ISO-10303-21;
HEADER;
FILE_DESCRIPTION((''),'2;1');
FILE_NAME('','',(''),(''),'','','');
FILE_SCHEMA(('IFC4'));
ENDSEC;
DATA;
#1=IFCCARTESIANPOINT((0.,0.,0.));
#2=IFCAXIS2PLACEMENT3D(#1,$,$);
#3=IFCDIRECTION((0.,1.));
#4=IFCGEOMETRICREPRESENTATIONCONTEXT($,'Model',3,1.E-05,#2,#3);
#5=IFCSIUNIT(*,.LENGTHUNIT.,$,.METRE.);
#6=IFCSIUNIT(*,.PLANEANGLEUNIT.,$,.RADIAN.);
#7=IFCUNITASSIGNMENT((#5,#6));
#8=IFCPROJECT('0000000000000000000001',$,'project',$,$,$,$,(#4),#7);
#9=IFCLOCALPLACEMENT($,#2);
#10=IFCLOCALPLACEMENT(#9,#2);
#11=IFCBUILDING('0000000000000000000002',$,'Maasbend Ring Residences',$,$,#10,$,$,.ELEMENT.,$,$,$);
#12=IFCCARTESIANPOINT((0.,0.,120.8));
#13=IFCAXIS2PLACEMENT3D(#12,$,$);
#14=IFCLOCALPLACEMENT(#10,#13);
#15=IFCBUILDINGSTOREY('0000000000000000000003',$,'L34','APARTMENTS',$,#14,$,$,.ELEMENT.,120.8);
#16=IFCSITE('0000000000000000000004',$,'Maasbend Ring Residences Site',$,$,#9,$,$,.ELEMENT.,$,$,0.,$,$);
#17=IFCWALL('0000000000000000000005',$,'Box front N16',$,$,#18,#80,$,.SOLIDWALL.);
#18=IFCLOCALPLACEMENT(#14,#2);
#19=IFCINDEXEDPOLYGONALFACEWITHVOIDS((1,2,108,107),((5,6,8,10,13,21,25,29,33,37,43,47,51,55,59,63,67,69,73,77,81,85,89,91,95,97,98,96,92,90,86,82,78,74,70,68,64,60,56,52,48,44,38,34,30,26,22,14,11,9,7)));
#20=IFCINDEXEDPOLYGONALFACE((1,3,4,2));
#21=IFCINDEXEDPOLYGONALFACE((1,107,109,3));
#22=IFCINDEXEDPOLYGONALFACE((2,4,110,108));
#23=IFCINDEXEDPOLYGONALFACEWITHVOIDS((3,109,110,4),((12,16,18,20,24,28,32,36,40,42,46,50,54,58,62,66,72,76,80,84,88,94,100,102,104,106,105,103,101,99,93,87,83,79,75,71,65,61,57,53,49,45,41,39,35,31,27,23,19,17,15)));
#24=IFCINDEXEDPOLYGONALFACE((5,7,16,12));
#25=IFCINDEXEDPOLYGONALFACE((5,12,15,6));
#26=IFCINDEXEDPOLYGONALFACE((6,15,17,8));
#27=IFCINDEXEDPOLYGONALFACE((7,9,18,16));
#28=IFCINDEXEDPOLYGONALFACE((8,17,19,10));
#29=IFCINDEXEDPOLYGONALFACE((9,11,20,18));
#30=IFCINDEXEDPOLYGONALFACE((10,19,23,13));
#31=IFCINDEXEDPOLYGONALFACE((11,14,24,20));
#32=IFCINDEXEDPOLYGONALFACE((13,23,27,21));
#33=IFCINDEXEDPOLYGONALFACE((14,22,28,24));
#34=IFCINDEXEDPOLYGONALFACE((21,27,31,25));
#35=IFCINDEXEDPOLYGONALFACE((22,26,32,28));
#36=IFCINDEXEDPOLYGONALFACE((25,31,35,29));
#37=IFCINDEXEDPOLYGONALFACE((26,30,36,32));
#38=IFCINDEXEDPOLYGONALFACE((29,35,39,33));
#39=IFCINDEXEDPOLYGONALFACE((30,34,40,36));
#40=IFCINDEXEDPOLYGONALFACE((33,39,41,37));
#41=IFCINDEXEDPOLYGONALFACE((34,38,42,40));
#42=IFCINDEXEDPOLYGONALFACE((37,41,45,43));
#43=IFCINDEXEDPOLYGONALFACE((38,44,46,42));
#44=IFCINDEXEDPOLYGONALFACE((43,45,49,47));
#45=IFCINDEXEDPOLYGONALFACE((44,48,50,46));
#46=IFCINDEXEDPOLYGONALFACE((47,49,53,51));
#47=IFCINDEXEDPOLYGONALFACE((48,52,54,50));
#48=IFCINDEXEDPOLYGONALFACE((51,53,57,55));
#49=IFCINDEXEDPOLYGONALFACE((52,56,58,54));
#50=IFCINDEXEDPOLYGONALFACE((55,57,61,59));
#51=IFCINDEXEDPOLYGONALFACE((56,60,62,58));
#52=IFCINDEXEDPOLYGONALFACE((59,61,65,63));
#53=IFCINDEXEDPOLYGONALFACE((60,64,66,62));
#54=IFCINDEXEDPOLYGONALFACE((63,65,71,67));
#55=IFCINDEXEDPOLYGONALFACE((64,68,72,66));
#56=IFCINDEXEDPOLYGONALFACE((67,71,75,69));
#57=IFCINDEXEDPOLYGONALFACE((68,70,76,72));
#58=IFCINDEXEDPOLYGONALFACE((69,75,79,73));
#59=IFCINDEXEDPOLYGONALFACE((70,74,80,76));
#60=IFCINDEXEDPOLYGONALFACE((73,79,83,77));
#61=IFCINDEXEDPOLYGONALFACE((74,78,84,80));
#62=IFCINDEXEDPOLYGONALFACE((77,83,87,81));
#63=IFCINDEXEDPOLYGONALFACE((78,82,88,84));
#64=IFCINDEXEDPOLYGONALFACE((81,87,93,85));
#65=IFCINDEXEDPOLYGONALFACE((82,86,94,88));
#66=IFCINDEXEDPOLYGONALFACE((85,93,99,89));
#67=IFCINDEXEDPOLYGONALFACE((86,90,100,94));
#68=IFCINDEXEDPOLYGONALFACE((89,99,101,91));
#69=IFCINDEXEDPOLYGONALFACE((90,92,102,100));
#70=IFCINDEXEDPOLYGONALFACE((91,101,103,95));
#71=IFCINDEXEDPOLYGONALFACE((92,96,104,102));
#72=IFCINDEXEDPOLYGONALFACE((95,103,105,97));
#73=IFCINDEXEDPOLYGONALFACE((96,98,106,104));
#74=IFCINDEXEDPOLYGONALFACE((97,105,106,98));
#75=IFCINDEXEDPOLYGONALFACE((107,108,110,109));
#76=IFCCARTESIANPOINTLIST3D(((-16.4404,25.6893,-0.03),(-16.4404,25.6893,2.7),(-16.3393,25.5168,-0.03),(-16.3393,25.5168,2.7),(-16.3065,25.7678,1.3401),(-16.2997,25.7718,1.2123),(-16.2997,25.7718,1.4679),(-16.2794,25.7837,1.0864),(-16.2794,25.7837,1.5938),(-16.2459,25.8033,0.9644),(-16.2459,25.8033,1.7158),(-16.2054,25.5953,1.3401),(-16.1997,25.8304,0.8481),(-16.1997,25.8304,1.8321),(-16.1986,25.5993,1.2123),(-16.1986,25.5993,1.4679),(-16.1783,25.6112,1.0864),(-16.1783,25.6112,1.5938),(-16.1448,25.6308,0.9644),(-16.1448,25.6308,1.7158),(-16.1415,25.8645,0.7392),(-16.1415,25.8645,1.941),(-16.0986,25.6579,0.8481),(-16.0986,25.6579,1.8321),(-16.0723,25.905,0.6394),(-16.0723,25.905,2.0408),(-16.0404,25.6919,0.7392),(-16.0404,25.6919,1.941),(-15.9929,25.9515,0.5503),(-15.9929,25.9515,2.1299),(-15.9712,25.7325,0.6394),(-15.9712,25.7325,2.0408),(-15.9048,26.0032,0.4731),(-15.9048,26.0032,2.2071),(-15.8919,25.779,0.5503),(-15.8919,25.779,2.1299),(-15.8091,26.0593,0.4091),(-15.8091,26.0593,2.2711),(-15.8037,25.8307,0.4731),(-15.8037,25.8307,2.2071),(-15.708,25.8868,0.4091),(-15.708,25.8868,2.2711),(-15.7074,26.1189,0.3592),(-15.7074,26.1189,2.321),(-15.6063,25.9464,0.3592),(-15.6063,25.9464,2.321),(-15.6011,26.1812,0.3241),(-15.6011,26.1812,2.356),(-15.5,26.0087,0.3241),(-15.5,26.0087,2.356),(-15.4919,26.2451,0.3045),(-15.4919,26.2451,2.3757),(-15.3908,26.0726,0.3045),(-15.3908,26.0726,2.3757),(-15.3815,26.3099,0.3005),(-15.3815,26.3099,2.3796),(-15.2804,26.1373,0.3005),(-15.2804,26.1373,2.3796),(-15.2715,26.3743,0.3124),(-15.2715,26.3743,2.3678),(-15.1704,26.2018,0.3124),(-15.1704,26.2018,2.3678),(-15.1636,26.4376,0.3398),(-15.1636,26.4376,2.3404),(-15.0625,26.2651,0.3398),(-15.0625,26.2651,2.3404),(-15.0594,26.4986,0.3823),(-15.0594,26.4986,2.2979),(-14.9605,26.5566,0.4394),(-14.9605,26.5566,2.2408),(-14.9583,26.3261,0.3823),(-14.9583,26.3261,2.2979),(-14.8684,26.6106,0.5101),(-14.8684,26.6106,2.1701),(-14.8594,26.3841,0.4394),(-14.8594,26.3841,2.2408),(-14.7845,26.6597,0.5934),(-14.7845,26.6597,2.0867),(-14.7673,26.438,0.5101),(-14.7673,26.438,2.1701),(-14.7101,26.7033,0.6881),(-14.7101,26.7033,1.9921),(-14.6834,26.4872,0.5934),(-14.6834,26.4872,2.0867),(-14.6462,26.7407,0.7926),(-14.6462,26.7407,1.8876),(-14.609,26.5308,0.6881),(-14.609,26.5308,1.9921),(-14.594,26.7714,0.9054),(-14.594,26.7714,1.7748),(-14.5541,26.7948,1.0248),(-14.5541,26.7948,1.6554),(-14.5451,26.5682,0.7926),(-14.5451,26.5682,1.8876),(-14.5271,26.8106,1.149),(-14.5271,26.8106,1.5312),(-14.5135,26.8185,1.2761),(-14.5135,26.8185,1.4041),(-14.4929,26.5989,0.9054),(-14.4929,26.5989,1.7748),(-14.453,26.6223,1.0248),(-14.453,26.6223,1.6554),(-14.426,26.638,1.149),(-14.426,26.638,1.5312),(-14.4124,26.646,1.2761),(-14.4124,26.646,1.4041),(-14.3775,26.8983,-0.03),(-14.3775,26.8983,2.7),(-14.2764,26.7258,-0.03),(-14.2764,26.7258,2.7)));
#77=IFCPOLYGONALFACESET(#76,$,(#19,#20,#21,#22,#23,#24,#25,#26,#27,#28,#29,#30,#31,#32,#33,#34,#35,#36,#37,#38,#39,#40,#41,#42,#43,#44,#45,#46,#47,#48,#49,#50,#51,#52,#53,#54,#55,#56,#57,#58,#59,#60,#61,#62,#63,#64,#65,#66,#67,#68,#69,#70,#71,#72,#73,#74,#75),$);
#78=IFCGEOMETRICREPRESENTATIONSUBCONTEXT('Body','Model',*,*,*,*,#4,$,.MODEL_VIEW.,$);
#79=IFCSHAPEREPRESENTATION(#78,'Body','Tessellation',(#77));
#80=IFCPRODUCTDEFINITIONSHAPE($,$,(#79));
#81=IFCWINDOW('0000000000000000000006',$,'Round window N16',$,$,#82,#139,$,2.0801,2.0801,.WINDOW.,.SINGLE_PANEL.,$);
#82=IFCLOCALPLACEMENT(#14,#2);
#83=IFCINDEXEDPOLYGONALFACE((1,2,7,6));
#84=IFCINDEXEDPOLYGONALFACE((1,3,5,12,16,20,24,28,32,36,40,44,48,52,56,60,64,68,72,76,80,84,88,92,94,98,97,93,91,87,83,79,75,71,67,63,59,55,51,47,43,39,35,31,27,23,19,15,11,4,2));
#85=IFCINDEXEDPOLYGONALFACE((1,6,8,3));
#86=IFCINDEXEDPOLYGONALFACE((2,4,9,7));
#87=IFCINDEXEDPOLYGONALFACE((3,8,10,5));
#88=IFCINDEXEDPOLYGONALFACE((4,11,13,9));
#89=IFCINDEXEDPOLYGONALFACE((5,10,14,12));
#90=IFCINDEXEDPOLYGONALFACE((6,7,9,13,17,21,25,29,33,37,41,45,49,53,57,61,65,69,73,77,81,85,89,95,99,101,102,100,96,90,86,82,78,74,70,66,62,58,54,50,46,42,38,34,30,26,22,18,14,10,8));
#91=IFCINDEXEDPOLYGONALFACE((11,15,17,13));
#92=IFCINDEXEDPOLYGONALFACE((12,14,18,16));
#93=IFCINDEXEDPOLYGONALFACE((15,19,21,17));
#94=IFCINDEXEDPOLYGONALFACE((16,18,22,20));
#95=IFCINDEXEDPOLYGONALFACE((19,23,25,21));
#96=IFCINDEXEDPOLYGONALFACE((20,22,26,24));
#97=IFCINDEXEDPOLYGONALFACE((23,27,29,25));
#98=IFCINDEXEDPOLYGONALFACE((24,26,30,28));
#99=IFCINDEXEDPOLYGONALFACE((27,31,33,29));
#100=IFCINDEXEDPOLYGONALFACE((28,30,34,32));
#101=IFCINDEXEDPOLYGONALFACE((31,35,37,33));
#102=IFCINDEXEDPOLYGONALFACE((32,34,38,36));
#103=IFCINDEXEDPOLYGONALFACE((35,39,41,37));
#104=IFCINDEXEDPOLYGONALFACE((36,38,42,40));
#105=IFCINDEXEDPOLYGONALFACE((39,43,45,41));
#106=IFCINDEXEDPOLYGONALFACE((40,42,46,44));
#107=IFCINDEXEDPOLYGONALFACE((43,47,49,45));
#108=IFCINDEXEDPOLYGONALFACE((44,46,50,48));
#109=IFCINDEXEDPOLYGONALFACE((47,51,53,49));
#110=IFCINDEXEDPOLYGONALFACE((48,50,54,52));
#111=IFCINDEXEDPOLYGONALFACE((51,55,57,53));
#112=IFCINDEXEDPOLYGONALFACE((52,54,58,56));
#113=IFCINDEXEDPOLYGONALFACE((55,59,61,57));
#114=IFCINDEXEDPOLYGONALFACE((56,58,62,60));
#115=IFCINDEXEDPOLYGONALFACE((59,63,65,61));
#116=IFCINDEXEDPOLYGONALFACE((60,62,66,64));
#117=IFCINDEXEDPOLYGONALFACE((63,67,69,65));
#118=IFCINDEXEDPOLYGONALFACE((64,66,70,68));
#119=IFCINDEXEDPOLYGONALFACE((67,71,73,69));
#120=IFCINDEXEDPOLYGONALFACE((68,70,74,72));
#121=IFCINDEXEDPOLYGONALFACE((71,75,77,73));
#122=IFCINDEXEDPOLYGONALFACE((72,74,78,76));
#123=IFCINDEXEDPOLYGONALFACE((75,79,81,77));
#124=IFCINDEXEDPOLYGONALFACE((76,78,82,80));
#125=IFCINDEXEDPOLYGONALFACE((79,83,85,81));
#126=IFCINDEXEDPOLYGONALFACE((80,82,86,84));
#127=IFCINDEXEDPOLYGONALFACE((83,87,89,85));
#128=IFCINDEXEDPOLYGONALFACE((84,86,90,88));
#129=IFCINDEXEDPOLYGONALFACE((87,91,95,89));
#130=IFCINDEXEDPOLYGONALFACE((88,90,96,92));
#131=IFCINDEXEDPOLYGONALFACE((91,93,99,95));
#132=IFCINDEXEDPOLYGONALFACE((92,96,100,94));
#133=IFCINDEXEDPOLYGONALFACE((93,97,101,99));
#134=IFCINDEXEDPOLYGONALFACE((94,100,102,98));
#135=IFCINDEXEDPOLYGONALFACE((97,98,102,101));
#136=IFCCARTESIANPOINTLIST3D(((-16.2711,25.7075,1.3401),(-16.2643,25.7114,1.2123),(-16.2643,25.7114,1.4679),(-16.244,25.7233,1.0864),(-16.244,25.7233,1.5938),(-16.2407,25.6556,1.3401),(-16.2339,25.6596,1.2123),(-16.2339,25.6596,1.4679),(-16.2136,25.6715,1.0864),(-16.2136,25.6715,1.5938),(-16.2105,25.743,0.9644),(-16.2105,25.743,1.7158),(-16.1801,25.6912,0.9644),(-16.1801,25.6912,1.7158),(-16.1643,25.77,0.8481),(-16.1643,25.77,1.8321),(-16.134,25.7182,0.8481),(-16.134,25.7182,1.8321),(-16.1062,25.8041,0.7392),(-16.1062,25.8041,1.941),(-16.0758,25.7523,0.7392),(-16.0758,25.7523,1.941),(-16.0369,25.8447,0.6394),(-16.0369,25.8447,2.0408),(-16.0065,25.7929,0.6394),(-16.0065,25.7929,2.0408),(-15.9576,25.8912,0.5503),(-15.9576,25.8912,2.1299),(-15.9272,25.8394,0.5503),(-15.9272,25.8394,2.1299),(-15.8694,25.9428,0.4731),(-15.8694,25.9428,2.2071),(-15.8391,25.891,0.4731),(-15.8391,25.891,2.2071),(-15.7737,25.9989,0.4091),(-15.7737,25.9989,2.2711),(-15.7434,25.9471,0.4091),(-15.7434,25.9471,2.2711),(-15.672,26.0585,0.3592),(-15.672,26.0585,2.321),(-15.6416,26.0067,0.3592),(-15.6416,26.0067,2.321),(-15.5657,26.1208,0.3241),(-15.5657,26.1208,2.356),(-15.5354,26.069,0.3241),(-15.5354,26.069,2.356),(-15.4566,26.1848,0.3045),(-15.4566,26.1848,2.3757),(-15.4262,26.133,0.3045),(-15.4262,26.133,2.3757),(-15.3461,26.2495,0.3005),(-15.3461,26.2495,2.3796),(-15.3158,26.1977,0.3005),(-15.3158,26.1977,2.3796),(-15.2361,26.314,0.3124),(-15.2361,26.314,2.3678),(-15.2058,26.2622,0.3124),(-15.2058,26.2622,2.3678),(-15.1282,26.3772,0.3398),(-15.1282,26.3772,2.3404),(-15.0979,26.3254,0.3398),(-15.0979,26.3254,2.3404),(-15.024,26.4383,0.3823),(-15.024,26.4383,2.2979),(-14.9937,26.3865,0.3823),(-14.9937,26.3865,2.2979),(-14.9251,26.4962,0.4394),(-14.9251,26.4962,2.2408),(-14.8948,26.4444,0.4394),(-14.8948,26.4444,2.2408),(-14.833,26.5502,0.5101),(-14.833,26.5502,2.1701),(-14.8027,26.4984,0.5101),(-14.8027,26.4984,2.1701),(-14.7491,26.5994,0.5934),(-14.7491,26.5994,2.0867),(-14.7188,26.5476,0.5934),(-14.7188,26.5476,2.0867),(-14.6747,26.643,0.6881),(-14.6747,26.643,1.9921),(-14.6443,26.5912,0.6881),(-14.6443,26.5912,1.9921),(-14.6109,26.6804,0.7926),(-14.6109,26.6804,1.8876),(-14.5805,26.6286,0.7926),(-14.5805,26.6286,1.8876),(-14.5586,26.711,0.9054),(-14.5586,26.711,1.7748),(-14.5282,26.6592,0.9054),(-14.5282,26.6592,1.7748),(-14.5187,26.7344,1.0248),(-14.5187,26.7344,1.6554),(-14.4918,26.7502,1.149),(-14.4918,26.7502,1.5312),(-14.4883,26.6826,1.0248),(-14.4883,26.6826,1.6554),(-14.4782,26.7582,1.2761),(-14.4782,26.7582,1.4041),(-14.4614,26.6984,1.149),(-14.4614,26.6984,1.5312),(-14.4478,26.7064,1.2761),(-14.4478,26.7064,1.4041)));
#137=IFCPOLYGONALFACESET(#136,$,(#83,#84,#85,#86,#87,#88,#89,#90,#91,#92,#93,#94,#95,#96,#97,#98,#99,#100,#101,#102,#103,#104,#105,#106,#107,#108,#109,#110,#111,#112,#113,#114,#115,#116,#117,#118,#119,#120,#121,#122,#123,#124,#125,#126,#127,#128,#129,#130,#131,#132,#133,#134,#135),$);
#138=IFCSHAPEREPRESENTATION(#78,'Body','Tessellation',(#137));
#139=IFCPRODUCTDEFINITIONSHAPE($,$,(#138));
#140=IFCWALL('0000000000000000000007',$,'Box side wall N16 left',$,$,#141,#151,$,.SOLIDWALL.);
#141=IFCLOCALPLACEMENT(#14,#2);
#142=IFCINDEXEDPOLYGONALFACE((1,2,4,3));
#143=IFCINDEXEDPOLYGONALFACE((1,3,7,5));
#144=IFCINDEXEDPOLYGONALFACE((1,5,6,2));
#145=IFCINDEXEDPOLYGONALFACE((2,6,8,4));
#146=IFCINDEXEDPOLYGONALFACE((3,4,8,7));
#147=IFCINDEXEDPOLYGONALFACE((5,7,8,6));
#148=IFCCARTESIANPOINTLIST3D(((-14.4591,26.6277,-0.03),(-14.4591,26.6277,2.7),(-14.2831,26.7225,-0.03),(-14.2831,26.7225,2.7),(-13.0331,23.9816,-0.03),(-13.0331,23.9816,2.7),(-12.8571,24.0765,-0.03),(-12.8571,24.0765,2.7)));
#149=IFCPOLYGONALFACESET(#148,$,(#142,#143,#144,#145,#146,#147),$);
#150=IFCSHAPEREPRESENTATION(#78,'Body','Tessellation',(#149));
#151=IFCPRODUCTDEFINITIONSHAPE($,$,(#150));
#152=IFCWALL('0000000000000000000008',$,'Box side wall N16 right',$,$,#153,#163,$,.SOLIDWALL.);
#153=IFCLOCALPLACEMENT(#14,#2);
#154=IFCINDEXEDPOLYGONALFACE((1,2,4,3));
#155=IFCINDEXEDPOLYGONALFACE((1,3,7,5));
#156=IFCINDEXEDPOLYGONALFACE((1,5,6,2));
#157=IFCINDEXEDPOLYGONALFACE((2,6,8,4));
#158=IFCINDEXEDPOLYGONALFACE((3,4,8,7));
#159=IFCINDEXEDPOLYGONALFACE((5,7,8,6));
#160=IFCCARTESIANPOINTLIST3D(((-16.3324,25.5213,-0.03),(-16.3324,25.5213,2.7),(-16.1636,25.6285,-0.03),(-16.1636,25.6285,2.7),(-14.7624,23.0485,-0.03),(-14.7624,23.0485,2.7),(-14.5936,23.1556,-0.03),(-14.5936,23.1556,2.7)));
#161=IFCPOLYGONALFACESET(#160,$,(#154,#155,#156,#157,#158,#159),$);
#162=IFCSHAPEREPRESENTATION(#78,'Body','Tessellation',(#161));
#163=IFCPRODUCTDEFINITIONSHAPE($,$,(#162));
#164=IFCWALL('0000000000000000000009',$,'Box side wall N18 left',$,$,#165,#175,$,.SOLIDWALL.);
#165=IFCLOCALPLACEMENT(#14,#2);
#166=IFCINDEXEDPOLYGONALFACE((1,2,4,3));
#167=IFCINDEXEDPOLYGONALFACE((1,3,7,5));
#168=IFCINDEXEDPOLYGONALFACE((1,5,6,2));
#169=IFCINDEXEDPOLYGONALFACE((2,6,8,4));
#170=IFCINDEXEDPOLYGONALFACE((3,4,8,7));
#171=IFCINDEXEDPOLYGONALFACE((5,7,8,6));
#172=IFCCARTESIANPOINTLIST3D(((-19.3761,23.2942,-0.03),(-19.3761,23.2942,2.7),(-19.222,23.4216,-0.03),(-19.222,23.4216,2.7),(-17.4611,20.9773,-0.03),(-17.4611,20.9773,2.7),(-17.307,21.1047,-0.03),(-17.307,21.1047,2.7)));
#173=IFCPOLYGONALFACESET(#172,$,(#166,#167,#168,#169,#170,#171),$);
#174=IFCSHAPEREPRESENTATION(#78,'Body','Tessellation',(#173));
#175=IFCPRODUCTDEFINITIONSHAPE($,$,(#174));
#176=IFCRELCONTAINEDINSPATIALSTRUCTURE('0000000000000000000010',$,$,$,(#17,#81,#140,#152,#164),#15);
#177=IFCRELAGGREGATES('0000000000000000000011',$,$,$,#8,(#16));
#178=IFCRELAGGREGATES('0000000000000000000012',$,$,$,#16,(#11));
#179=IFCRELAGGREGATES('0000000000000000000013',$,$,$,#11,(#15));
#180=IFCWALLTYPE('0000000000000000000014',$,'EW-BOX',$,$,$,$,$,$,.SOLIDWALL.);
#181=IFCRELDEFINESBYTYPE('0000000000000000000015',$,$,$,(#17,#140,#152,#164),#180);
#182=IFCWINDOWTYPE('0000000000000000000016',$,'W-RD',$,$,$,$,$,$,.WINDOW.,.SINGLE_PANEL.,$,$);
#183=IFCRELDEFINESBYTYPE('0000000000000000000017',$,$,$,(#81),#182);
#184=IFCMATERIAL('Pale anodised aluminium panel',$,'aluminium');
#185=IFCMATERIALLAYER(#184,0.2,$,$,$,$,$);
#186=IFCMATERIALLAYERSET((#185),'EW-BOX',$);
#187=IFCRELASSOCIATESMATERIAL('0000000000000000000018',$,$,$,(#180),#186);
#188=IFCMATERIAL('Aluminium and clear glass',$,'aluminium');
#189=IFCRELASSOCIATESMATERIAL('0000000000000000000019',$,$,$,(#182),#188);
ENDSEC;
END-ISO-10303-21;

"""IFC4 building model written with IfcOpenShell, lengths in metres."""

from ifc_helpers import new_model, si_unit, direction, frame, frame_2d, origin, place, context, subcontext, project, spatial, rectangle, circle, extrude, material, layer, layer_set, type_object, element, fill, save


model = new_model("IFC4")

# Units and contexts
model_context = context("Model", 3, precision=1e-05, world=origin(), true_north=direction((0.0, 1.0)))
body_context = subcontext(model_context, "Body", "Model", "MODEL_VIEW")
ifc_project = project(units=[si_unit("LENGTHUNIT", "METRE"), si_unit("PLANEANGLEUNIT", "RADIAN")], contexts=[model_context])

# Site, building, storey
site_placement = place(None, origin())
site = spatial("IfcSite", under=ifc_project, at=site_placement, Name="Maasbend Ring Residences Site", CompositionType="ELEMENT", RefElevation=0.0)
building_placement = place(site_placement, origin())
building = spatial("IfcBuilding", under=site, at=building_placement, Name="Maasbend Ring Residences", CompositionType="ELEMENT")
storey_placement = place(building_placement, frame((0.0, 0.0, 120.8)))
storey = spatial("IfcBuildingStorey", under=building, at=storey_placement, Name="L34", Description="APARTMENTS", CompositionType="ELEMENT", Elevation=120.8)

# Wall, opening, window
ifc_material_1 = material(Name="Pale anodised aluminium panel", Category="aluminium")
ifc_layer_1 = layer(ifc_material_1, 0.2)
ifc_layer_set_1 = layer_set([ifc_layer_1], Name="EW-BOX")
wall_type_1 = type_object("IfcWallType", Name="EW-BOX", PredefinedType="SOLIDWALL", material=ifc_layer_set_1)
wall_1_placement = place(storey_placement, frame((-14.3269, 26.812, -0.03), z_axis=(0.0, 0.0, 1.0), x_axis=(-0.862762, -0.505609, 0.0)))
wall_1 = element("IfcWall", 1, at=wall_1_placement, inside=storey, type_object=wall_type_1, Name="Box front N16", PredefinedType="SOLIDWALL", context=body_context, shape_type="SweptSolid", body=[
    extrude(rectangle(XDim=2.3911, YDim=0.2, at=frame_2d((1.1956, 0.0))), origin(), (0.0, 0.0, 1.0), 2.73),
])
opening_1_placement = place(wall_1_placement, frame((0.1558, 0.0, 0.3301)))
opening_1 = element("IfcOpeningElement", 2, at=opening_1_placement, cuts=wall_1, PredefinedType="OPENING", context=body_context, shape_type="SweptSolid", body=[
    extrude(circle(Radius=1.04, at=frame_2d((1.04, 1.04))), frame((0.0, 0.1099, 0.0), z_axis=(0.0, -1.0, 0.0), x_axis=(1.0, 0.0, 0.0)), (0.0, 0.0, 1.0), 0.22),
])
ifc_material_2 = material(Name="Aluminium and clear glass", Category="aluminium")
window_type_1 = type_object("IfcWindowType", Name="W-RD", PartitioningType="SINGLE_PANEL", PredefinedType="WINDOW", material=ifc_material_2)
window_1_placement = place(opening_1_placement, origin())
window_1 = element("IfcWindow", 3, at=window_1_placement, inside=storey, type_object=window_type_1, Name="Round window N16", OverallHeight=2.0801, OverallWidth=2.0801, PartitioningType="SINGLE_PANEL", PredefinedType="WINDOW", context=body_context, shape_type="SweptSolid", body=[
    extrude(circle(Radius=1.04, at=frame_2d((1.04, 1.04))), frame((0.0, 0.03, 0.0), z_axis=(0.0, -1.0, 0.0), x_axis=(1.0, 0.0, 0.0)), (0.0, 0.0, 1.0), 0.0601),
])
fill(opening_1, window_1)

# Walls
wall_2_placement = place(storey_placement, frame((-12.9451, 24.0291, -0.03), z_axis=(0.0, 0.0, 1.0), x_axis=(-0.474424, 0.880296, 0.0)))
element("IfcWall", 4, at=wall_2_placement, inside=storey, type_object=wall_type_1, Name="Box side wall N16 left", PredefinedType="SOLIDWALL", context=body_context, shape_type="SweptSolid", body=[
    extrude(rectangle(XDim=3.0059, YDim=0.2, at=frame_2d((1.5029, 0.0))), origin(), (0.0, 0.0, 1.0), 2.73),
])
wall_3_placement = place(storey_placement, frame((-14.678, 23.1021, -0.03), z_axis=(0.0, 0.0, 1.0), x_axis=(-0.536002, 0.844217, 0.0)))
element("IfcWall", 5, at=wall_3_placement, inside=storey, type_object=wall_type_1, Name="Box side wall N16 right", PredefinedType="SOLIDWALL", context=body_context, shape_type="SweptSolid", body=[
    extrude(rectangle(XDim=2.9292, YDim=0.2, at=frame_2d((1.4646, 0.0))), origin(), (0.0, 0.0, 1.0), 2.73),
])
wall_4_placement = place(storey_placement, frame((-17.384, 21.041, -0.03), z_axis=(0.0, 0.0, 1.0), x_axis=(-0.637096, 0.770785, 0.0)))
element("IfcWall", 6, at=wall_4_placement, inside=storey, type_object=wall_type_1, Name="Box side wall N18 left", PredefinedType="SOLIDWALL", context=body_context, shape_type="SweptSolid", body=[
    extrude(rectangle(XDim=3.0059, YDim=0.2, at=frame_2d((1.5029, 0.0))), origin(), (0.0, 0.0, 1.0), 2.73),
])

save(model, "model.ifc")
